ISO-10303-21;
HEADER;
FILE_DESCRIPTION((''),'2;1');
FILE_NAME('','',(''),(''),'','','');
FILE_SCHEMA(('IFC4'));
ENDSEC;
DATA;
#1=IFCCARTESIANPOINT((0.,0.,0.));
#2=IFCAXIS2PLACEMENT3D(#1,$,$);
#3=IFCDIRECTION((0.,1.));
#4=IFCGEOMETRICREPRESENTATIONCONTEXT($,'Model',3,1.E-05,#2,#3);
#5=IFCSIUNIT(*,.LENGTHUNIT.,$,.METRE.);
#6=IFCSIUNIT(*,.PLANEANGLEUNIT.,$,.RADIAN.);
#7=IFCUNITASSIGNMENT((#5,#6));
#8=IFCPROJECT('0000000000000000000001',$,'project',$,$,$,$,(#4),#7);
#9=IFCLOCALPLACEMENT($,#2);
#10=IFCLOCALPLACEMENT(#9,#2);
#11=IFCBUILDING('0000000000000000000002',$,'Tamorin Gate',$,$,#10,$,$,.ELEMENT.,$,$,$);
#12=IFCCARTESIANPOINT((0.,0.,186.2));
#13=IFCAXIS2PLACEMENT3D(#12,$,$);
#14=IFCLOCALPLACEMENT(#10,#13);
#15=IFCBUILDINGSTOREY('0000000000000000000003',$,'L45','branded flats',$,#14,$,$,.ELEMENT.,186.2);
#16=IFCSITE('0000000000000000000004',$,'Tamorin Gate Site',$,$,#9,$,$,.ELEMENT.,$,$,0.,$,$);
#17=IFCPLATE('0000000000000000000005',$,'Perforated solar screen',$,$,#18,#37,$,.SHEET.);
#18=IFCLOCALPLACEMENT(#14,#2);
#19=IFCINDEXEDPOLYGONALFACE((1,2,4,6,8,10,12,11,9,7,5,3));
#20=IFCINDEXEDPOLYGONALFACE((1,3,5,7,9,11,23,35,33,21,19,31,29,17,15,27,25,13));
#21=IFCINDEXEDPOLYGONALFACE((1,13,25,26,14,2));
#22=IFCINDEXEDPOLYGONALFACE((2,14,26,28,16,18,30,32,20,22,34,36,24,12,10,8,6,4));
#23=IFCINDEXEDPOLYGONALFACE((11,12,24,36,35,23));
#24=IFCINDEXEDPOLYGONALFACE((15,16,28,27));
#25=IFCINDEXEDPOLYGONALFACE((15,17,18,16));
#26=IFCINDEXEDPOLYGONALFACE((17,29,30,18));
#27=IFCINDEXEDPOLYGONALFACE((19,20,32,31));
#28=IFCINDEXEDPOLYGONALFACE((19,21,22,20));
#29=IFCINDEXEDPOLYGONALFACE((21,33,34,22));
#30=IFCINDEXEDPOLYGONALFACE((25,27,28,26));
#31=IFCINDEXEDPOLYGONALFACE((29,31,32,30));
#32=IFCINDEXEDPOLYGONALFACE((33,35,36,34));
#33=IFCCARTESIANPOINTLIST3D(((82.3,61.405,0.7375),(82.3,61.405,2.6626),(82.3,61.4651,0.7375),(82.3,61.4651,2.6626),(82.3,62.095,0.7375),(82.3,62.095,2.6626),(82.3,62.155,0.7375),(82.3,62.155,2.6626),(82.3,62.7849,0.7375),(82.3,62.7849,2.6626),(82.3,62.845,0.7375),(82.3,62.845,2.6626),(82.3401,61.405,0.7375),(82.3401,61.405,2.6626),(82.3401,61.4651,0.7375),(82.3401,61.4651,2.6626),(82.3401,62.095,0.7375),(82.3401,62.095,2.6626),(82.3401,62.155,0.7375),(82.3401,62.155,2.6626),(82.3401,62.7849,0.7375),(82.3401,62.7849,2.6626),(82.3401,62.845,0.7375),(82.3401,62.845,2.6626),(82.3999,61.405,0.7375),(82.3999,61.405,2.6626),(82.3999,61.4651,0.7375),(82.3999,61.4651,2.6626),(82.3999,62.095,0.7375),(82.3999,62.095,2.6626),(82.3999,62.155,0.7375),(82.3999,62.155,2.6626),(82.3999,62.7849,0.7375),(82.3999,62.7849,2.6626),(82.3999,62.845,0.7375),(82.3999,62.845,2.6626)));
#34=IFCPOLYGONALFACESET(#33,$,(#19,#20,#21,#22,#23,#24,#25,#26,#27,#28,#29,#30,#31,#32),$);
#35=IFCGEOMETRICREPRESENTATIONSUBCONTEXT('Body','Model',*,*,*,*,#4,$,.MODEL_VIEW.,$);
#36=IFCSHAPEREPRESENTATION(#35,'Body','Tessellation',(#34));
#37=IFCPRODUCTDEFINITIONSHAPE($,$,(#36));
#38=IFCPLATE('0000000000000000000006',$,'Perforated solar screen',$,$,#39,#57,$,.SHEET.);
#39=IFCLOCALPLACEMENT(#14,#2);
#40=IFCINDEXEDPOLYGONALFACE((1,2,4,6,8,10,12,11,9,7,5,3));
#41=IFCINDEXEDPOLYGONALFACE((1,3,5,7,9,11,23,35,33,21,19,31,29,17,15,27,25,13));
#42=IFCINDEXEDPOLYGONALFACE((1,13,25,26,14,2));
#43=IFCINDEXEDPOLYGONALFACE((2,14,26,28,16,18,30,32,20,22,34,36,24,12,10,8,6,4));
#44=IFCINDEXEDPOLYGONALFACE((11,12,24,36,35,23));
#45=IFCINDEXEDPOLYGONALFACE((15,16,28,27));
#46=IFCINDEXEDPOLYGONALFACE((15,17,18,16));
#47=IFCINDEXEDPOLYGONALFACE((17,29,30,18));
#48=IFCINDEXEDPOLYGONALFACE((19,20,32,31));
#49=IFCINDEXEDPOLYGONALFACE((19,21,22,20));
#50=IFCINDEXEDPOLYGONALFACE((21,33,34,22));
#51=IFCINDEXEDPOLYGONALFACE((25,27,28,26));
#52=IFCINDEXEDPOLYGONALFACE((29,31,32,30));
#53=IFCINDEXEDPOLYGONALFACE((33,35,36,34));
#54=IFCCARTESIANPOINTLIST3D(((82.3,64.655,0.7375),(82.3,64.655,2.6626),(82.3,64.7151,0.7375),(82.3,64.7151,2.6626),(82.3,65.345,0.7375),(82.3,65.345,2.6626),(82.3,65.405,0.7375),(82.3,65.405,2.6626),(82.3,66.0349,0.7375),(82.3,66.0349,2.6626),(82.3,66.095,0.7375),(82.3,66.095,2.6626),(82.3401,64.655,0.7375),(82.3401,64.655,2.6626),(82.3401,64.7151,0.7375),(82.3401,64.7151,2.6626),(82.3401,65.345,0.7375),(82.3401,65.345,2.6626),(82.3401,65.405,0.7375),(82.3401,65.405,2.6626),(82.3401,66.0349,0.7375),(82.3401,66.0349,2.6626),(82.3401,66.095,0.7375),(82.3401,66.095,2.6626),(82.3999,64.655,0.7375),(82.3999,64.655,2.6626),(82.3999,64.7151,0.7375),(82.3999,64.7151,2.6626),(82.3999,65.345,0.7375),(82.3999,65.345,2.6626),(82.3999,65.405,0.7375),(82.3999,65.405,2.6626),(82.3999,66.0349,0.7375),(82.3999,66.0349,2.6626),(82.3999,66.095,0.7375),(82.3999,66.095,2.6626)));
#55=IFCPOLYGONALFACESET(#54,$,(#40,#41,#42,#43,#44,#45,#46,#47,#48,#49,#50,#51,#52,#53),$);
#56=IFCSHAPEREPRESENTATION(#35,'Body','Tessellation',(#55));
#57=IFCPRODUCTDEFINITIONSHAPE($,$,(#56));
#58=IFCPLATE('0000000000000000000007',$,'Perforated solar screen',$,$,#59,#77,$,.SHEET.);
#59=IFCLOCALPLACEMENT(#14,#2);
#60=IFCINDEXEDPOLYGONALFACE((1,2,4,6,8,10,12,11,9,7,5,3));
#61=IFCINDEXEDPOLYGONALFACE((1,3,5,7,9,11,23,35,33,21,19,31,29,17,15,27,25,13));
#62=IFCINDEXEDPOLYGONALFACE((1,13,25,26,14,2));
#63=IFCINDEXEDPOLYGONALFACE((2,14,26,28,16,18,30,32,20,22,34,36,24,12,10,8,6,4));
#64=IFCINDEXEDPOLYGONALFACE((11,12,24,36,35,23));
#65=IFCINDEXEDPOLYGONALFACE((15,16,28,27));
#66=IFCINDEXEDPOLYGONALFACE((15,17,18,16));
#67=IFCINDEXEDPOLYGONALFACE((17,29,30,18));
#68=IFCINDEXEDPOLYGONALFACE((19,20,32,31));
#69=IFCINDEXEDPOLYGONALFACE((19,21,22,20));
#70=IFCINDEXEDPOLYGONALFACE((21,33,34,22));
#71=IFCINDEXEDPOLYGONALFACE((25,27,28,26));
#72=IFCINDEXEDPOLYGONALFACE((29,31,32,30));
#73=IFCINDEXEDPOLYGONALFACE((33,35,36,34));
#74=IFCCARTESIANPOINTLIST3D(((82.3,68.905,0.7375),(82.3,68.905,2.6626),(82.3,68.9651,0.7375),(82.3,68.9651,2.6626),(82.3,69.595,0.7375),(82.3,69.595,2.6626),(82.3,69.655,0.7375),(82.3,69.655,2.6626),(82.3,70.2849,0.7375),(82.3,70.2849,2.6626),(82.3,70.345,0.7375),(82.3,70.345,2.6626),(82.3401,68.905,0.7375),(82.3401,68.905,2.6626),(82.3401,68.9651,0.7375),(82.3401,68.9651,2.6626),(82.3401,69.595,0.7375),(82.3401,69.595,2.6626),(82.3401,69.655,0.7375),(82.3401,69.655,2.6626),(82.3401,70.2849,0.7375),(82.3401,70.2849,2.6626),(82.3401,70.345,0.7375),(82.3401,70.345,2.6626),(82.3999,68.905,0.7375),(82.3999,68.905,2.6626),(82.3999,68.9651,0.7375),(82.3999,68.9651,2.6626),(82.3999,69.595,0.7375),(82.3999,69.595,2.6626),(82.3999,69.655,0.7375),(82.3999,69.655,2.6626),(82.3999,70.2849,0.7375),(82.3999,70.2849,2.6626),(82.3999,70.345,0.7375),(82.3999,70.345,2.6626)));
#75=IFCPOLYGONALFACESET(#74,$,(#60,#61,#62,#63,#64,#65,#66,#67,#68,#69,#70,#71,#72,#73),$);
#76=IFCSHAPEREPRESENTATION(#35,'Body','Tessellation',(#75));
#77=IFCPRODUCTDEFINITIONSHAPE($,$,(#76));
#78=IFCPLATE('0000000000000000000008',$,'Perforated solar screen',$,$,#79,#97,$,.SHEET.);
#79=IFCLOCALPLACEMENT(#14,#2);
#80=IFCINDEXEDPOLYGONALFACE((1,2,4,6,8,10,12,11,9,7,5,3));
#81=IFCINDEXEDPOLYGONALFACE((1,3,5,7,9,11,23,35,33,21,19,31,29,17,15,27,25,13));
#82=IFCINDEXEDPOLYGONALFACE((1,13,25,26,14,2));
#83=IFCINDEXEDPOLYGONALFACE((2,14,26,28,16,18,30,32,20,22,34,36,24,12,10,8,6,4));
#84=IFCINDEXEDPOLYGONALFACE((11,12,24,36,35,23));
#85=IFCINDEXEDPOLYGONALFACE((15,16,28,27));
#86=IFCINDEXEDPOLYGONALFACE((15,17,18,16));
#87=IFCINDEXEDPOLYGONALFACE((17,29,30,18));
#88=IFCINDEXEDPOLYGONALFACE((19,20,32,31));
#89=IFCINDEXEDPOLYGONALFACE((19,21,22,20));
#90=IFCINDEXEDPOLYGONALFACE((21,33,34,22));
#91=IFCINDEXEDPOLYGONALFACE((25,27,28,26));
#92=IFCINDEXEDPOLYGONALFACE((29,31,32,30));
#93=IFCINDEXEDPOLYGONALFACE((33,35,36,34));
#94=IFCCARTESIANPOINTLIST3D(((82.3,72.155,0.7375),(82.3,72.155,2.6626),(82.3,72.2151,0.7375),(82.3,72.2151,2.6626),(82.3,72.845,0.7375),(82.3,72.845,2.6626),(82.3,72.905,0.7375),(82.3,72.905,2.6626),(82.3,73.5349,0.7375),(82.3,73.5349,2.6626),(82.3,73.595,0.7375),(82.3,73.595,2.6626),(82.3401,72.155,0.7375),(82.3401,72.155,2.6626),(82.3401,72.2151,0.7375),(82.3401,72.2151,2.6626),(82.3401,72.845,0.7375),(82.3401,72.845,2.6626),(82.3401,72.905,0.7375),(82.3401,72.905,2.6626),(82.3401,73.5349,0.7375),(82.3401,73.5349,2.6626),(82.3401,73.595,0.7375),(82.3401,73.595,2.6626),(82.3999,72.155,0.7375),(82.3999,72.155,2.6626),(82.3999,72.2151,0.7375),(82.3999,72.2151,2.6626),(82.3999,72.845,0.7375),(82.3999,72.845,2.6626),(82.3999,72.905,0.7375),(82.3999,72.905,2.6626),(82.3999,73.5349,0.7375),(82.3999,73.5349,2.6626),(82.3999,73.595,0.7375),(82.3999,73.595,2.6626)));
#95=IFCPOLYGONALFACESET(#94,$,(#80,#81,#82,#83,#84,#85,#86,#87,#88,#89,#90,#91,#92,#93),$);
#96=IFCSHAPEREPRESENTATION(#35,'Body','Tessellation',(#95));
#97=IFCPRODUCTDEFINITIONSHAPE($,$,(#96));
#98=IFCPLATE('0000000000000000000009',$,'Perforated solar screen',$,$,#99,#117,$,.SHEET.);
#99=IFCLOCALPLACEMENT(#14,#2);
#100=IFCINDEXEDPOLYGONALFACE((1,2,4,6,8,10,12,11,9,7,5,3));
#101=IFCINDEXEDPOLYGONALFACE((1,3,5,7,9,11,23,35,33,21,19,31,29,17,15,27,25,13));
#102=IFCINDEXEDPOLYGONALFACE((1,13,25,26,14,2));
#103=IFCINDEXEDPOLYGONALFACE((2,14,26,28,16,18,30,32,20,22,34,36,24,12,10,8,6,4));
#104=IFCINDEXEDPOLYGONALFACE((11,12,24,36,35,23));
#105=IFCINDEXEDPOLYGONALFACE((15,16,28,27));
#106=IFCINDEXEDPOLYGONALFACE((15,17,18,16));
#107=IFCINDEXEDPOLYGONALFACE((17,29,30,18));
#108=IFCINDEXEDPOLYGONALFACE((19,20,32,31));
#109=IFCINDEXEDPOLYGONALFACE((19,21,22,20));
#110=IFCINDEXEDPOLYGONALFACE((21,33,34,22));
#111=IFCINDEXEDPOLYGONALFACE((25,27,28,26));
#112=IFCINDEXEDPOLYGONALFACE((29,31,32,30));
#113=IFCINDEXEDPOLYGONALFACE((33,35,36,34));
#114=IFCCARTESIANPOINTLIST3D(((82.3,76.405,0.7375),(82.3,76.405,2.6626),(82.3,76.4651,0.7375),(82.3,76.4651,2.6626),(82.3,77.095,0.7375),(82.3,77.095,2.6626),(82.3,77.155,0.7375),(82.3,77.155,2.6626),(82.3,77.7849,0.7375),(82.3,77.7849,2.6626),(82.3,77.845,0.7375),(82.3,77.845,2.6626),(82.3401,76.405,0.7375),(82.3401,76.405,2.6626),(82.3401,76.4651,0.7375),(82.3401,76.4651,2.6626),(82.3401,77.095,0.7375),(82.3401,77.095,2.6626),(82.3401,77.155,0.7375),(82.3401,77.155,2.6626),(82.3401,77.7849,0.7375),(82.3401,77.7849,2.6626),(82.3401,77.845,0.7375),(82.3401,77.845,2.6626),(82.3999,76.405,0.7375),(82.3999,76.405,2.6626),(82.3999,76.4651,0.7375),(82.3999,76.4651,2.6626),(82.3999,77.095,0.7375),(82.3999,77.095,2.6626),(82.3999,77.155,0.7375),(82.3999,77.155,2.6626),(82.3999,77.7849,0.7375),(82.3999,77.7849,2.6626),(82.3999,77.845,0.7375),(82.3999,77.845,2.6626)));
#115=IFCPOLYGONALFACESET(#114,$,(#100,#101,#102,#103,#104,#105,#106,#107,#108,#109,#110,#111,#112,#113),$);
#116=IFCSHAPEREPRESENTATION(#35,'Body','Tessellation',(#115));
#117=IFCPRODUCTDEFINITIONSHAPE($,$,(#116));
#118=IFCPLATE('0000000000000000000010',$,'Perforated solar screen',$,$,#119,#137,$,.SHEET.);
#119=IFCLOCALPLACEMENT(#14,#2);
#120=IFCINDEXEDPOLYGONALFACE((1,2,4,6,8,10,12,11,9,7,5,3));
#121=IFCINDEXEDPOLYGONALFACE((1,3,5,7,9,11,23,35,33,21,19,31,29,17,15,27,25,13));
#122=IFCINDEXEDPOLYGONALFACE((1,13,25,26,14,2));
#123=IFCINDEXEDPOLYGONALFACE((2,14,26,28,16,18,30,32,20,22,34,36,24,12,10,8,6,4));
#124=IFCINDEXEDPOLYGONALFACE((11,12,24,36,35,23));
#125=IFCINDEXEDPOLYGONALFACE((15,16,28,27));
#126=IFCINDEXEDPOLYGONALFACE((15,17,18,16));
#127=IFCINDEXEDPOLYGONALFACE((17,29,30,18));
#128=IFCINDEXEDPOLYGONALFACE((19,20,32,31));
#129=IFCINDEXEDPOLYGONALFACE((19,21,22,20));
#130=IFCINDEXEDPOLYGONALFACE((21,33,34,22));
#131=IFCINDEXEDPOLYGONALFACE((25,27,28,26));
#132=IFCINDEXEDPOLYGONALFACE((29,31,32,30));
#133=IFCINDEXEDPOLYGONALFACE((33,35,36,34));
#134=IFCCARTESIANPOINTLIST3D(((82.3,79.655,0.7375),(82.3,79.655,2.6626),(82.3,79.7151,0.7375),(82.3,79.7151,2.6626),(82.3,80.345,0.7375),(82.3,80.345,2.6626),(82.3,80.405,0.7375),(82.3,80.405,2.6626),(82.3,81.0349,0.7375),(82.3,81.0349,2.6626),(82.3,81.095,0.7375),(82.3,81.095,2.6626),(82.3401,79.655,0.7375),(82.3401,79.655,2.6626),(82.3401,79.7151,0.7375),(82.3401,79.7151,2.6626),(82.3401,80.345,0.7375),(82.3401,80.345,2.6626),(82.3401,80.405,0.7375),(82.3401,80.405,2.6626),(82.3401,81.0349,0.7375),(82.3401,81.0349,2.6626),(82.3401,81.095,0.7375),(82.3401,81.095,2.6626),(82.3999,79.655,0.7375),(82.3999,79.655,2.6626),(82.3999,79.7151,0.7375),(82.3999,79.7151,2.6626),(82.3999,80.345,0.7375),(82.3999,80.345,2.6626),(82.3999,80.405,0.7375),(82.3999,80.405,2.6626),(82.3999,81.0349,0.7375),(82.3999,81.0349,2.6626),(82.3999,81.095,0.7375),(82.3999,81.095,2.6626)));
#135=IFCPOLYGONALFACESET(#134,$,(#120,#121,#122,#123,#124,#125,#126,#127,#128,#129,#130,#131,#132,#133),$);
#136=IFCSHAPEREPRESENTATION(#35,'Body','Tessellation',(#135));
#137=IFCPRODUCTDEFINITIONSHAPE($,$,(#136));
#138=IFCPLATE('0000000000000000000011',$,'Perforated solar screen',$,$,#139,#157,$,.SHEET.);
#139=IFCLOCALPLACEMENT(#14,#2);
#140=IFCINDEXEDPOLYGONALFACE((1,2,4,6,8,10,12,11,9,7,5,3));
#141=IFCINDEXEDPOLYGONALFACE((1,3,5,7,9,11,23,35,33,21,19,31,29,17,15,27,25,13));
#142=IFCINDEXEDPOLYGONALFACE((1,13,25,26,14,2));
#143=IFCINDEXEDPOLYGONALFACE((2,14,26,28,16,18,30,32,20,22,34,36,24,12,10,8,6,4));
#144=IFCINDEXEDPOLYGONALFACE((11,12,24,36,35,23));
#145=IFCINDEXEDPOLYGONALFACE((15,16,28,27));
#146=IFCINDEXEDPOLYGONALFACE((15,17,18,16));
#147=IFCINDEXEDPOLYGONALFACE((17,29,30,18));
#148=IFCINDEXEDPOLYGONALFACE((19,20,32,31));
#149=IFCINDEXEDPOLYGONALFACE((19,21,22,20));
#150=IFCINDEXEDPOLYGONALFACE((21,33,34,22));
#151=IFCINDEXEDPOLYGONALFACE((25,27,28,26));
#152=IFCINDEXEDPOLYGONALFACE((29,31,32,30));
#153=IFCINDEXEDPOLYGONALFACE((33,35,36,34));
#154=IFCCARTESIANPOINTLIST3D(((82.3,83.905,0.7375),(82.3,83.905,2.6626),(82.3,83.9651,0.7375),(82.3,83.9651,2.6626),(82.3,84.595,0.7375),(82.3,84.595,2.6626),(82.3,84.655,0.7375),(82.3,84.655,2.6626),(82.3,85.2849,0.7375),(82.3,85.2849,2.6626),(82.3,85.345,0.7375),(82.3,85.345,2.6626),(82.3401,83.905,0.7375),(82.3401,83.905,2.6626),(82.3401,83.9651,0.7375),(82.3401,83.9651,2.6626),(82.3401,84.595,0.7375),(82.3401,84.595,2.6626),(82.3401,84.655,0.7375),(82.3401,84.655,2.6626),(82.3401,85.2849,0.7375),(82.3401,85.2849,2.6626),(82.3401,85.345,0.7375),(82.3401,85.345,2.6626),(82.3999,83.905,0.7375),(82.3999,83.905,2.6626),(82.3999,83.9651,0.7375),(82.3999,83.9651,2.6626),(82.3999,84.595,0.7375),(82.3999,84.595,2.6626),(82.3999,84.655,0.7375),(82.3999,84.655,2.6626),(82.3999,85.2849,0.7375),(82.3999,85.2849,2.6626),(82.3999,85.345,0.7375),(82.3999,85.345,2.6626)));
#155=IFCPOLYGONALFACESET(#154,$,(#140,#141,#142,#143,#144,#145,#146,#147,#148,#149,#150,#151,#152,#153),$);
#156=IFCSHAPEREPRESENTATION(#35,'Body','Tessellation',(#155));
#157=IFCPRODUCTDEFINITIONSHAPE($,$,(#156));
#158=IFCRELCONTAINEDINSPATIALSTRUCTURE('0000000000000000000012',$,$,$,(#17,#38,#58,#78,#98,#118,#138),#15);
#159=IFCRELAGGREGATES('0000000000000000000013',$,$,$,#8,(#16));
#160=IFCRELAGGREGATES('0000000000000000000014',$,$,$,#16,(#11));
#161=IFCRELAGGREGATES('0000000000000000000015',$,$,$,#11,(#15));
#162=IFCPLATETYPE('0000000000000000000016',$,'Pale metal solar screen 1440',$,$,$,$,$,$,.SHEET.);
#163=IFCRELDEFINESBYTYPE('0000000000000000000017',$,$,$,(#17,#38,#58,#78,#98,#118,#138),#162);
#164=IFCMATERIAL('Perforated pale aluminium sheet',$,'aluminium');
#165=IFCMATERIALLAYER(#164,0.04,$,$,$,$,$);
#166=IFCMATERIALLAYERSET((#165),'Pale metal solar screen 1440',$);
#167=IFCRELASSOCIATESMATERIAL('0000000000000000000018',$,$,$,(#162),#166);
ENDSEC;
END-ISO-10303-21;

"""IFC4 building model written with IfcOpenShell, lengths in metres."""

from ifc_helpers import new_model, si_unit, direction, frame, origin, place, context, subcontext, project, spatial, polyline, outline, extrude, material, layer, layer_set, type_object, element, save


model = new_model("IFC4")

# Units and contexts
model_context = context("Model", 3, precision=1e-05, world=origin(), true_north=direction((0.0, 1.0)))
body_context = subcontext(model_context, "Body", "Model", "MODEL_VIEW")
ifc_project = project(units=[si_unit("LENGTHUNIT", "METRE"), si_unit("PLANEANGLEUNIT", "RADIAN")], contexts=[model_context])

# Site, building, storey
site_placement = place(None, origin())
site = spatial("IfcSite", under=ifc_project, at=site_placement, Name="Tamorin Gate Site", CompositionType="ELEMENT", RefElevation=0.0)
building_placement = place(site_placement, origin())
building = spatial("IfcBuilding", under=site, at=building_placement, Name="Tamorin Gate", CompositionType="ELEMENT")
storey_placement = place(building_placement, frame((0.0, 0.0, 186.2)))
storey = spatial("IfcBuildingStorey", under=building, at=storey_placement, Name="L45", Description="branded flats", CompositionType="ELEMENT", Elevation=186.2)

# Plates
ifc_material_1 = material(Name="Perforated pale aluminium sheet", Category="aluminium")
ifc_layer_1 = layer(ifc_material_1, 0.04)
ifc_layer_set_1 = layer_set([ifc_layer_1], Name="Pale metal solar screen 1440")
plate_type_1 = type_object("IfcPlateType", Name="Pale metal solar screen 1440", PredefinedType="SHEET", material=ifc_layer_set_1)
plate_1_placement = place(storey_placement, frame((0.0, 0.0, 0.7375)))
element("IfcPlate", 1, at=plate_1_placement, inside=storey, type_object=plate_type_1, Name="Perforated solar screen", PredefinedType="SHEET", context=body_context, shape_type="SweptSolid", body=[
    extrude(outline(polyline([(82.3401, 61.405), (82.3, 61.405), (82.3, 61.4651), (82.3, 62.095), (82.3, 62.155), (82.3, 62.7849), (82.3, 62.845), (82.3401, 62.845), (82.3999, 62.845), (82.3999, 62.7849), (82.3401, 62.7849), (82.3401, 62.155), (82.3999, 62.155), (82.3999, 62.095), (82.3401, 62.095), (82.3401, 61.4651), (82.3999, 61.4651), (82.3999, 61.405), (82.3401, 61.405)])), origin(), (0.0, 0.0, 1.0), 1.925),
])
plate_2_placement = place(storey_placement, frame((0.0, 0.0, 0.7375)))
element("IfcPlate", 2, at=plate_2_placement, inside=storey, type_object=plate_type_1, Name="Perforated solar screen", PredefinedType="SHEET", context=body_context, shape_type="SweptSolid", body=[
    extrude(outline(polyline([(82.3401, 64.655), (82.3, 64.655), (82.3, 64.7151), (82.3, 65.345), (82.3, 65.405), (82.3, 66.0349), (82.3, 66.095), (82.3401, 66.095), (82.3999, 66.095), (82.3999, 66.0349), (82.3401, 66.0349), (82.3401, 65.405), (82.3999, 65.405), (82.3999, 65.345), (82.3401, 65.345), (82.3401, 64.7151), (82.3999, 64.7151), (82.3999, 64.655), (82.3401, 64.655)])), origin(), (0.0, 0.0, 1.0), 1.925),
])
plate_3_placement = place(storey_placement, frame((0.0, 0.0, 0.7375)))
element("IfcPlate", 3, at=plate_3_placement, inside=storey, type_object=plate_type_1, Name="Perforated solar screen", PredefinedType="SHEET", context=body_context, shape_type="SweptSolid", body=[
    extrude(outline(polyline([(82.3401, 68.905), (82.3, 68.905), (82.3, 68.9651), (82.3, 69.595), (82.3, 69.655), (82.3, 70.2849), (82.3, 70.345), (82.3401, 70.345), (82.3999, 70.345), (82.3999, 70.2849), (82.3401, 70.2849), (82.3401, 69.655), (82.3999, 69.655), (82.3999, 69.595), (82.3401, 69.595), (82.3401, 68.9651), (82.3999, 68.9651), (82.3999, 68.905), (82.3401, 68.905)])), origin(), (0.0, 0.0, 1.0), 1.925),
])
plate_4_placement = place(storey_placement, frame((0.0, 0.0, 0.7375)))
element("IfcPlate", 4, at=plate_4_placement, inside=storey, type_object=plate_type_1, Name="Perforated solar screen", PredefinedType="SHEET", context=body_context, shape_type="SweptSolid", body=[
    extrude(outline(polyline([(82.3401, 72.155), (82.3, 72.155), (82.3, 72.2151), (82.3, 72.845), (82.3, 72.905), (82.3, 73.5349), (82.3, 73.595), (82.3401, 73.595), (82.3999, 73.595), (82.3999, 73.5349), (82.3401, 73.5349), (82.3401, 72.905), (82.3999, 72.905), (82.3999, 72.845), (82.3401, 72.845), (82.3401, 72.2151), (82.3999, 72.2151), (82.3999, 72.155), (82.3401, 72.155)])), origin(), (0.0, 0.0, 1.0), 1.925),
])
plate_5_placement = place(storey_placement, frame((0.0, 0.0, 0.7375)))
element("IfcPlate", 5, at=plate_5_placement, inside=storey, type_object=plate_type_1, Name="Perforated solar screen", PredefinedType="SHEET", context=body_context, shape_type="SweptSolid", body=[
    extrude(outline(polyline([(82.3401, 76.405), (82.3, 76.405), (82.3, 76.4651), (82.3, 77.095), (82.3, 77.155), (82.3, 77.7849), (82.3, 77.845), (82.3401, 77.845), (82.3999, 77.845), (82.3999, 77.7849), (82.3401, 77.7849), (82.3401, 77.155), (82.3999, 77.155), (82.3999, 77.095), (82.3401, 77.095), (82.3401, 76.4651), (82.3999, 76.4651), (82.3999, 76.405), (82.3401, 76.405)])), origin(), (0.0, 0.0, 1.0), 1.925),
])
plate_6_placement = place(storey_placement, frame((0.0, 0.0, 0.7375)))
element("IfcPlate", 6, at=plate_6_placement, inside=storey, type_object=plate_type_1, Name="Perforated solar screen", PredefinedType="SHEET", context=body_context, shape_type="SweptSolid", body=[
    extrude(outline(polyline([(82.3401, 79.655), (82.3, 79.655), (82.3, 79.7151), (82.3, 80.345), (82.3, 80.405), (82.3, 81.0349), (82.3, 81.095), (82.3401, 81.095), (82.3999, 81.095), (82.3999, 81.0349), (82.3401, 81.0349), (82.3401, 80.405), (82.3999, 80.405), (82.3999, 80.345), (82.3401, 80.345), (82.3401, 79.7151), (82.3999, 79.7151), (82.3999, 79.655), (82.3401, 79.655)])), origin(), (0.0, 0.0, 1.0), 1.925),
])
plate_7_placement = place(storey_placement, frame((0.0, 0.0, 0.7375)))
element("IfcPlate", 7, at=plate_7_placement, inside=storey, type_object=plate_type_1, Name="Perforated solar screen", PredefinedType="SHEET", context=body_context, shape_type="SweptSolid", body=[
    extrude(outline(polyline([(82.3401, 83.905), (82.3, 83.905), (82.3, 83.9651), (82.3, 84.595), (82.3, 84.655), (82.3, 85.2849), (82.3, 85.345), (82.3401, 85.345), (82.3999, 85.345), (82.3999, 85.2849), (82.3401, 85.2849), (82.3401, 84.655), (82.3999, 84.655), (82.3999, 84.595), (82.3401, 84.595), (82.3401, 83.9651), (82.3999, 83.9651), (82.3999, 83.905), (82.3401, 83.905)])), origin(), (0.0, 0.0, 1.0), 1.925),
])

save(model, "model.ifc")
